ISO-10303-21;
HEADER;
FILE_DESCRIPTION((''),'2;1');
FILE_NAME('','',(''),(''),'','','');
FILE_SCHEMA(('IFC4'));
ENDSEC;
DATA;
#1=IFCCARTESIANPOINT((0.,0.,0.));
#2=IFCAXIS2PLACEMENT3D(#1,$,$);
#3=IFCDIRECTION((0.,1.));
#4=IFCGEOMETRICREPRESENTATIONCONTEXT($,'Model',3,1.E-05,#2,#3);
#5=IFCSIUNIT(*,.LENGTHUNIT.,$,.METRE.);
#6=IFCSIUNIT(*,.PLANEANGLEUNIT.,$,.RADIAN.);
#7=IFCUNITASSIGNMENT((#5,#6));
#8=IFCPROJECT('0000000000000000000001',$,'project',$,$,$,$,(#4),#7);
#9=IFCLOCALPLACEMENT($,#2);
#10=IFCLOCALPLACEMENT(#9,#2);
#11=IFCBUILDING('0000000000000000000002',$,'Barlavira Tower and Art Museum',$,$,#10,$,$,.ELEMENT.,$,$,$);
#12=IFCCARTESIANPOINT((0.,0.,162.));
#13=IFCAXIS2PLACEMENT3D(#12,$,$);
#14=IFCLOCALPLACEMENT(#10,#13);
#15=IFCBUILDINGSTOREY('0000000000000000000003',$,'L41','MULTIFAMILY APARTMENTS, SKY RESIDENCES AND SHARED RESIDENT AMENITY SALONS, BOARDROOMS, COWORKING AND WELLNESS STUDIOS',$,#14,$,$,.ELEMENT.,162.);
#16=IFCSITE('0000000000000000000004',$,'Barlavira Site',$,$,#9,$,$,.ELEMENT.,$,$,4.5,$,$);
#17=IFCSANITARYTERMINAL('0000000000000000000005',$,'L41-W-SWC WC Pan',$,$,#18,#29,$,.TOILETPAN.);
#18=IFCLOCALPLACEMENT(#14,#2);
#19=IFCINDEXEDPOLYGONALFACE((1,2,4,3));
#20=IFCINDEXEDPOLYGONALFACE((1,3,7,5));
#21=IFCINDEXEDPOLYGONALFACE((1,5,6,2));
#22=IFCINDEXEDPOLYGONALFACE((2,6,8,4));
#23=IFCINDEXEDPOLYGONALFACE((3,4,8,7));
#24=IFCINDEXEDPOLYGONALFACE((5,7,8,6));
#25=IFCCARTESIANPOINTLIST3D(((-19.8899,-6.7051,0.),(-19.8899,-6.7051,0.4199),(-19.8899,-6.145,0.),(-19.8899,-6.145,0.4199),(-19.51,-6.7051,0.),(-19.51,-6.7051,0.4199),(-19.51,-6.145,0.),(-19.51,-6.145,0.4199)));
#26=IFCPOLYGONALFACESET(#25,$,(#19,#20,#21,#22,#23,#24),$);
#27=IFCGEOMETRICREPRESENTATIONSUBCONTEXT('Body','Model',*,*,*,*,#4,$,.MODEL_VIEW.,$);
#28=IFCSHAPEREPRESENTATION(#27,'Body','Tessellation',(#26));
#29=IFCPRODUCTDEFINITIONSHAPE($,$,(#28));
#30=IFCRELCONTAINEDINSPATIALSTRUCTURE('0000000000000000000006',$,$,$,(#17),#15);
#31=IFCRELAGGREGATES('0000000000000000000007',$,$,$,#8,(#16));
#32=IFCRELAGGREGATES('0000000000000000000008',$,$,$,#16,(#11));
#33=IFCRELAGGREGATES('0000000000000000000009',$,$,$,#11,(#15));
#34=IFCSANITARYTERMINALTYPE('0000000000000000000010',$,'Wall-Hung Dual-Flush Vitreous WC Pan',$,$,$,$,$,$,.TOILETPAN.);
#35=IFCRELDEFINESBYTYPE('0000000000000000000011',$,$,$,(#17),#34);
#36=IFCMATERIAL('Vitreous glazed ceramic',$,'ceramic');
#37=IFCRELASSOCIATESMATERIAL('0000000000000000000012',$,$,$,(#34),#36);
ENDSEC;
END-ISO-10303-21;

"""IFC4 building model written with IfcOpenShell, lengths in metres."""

from ifc_helpers import new_model, si_unit, direction, frame, origin, origin_2d, place, context, subcontext, project, spatial, rectangle, extrude, material, type_object, element, save


model = new_model("IFC4")

# Units and contexts
model_context = context("Model", 3, precision=1e-05, world=origin(), true_north=direction((0.0, 1.0)))
body_context = subcontext(model_context, "Body", "Model", "MODEL_VIEW")
ifc_project = project(units=[si_unit("LENGTHUNIT", "METRE"), si_unit("PLANEANGLEUNIT", "RADIAN")], contexts=[model_context])

# Site, building, storey
site_placement = place(None, origin())
site = spatial("IfcSite", under=ifc_project, at=site_placement, Name="Barlavira Site", CompositionType="ELEMENT", RefElevation=4.5)
building_placement = place(site_placement, origin())
building = spatial("IfcBuilding", under=site, at=building_placement, Name="Barlavira Tower and Art Museum", CompositionType="ELEMENT")
storey_placement = place(building_placement, frame((0.0, 0.0, 162.0)))
storey = spatial("IfcBuildingStorey", under=building, at=storey_placement, Name="L41", Description="MULTIFAMILY APARTMENTS, SKY RESIDENCES AND SHARED RESIDENT AMENITY SALONS, BOARDROOMS, COWORKING AND WELLNESS STUDIOS", CompositionType="ELEMENT", Elevation=162.0)

# Sanitary terminal
ifc_material_1 = material(Name="Vitreous glazed ceramic", Category="ceramic")
sanitary_terminal_type = type_object("IfcSanitaryTerminalType", Name="Wall-Hung Dual-Flush Vitreous WC Pan", PredefinedType="TOILETPAN", material=ifc_material_1)
sanitary_terminal_placement = place(storey_placement, frame((-19.7, -6.425, 0.0), z_axis=(0.0, 0.0, 1.0), x_axis=(1.0, 0.0, 0.0)))
element("IfcSanitaryTerminal", 1, at=sanitary_terminal_placement, inside=storey, type_object=sanitary_terminal_type, Name="L41-W-SWC WC Pan", PredefinedType="TOILETPAN", context=body_context, shape_type="SweptSolid", body=[
    extrude(rectangle(XDim=0.3799, YDim=0.5601, at=origin_2d()), origin(), (0.0, 0.0, 1.0), 0.4199),
])

save(model, "model.ifc")
